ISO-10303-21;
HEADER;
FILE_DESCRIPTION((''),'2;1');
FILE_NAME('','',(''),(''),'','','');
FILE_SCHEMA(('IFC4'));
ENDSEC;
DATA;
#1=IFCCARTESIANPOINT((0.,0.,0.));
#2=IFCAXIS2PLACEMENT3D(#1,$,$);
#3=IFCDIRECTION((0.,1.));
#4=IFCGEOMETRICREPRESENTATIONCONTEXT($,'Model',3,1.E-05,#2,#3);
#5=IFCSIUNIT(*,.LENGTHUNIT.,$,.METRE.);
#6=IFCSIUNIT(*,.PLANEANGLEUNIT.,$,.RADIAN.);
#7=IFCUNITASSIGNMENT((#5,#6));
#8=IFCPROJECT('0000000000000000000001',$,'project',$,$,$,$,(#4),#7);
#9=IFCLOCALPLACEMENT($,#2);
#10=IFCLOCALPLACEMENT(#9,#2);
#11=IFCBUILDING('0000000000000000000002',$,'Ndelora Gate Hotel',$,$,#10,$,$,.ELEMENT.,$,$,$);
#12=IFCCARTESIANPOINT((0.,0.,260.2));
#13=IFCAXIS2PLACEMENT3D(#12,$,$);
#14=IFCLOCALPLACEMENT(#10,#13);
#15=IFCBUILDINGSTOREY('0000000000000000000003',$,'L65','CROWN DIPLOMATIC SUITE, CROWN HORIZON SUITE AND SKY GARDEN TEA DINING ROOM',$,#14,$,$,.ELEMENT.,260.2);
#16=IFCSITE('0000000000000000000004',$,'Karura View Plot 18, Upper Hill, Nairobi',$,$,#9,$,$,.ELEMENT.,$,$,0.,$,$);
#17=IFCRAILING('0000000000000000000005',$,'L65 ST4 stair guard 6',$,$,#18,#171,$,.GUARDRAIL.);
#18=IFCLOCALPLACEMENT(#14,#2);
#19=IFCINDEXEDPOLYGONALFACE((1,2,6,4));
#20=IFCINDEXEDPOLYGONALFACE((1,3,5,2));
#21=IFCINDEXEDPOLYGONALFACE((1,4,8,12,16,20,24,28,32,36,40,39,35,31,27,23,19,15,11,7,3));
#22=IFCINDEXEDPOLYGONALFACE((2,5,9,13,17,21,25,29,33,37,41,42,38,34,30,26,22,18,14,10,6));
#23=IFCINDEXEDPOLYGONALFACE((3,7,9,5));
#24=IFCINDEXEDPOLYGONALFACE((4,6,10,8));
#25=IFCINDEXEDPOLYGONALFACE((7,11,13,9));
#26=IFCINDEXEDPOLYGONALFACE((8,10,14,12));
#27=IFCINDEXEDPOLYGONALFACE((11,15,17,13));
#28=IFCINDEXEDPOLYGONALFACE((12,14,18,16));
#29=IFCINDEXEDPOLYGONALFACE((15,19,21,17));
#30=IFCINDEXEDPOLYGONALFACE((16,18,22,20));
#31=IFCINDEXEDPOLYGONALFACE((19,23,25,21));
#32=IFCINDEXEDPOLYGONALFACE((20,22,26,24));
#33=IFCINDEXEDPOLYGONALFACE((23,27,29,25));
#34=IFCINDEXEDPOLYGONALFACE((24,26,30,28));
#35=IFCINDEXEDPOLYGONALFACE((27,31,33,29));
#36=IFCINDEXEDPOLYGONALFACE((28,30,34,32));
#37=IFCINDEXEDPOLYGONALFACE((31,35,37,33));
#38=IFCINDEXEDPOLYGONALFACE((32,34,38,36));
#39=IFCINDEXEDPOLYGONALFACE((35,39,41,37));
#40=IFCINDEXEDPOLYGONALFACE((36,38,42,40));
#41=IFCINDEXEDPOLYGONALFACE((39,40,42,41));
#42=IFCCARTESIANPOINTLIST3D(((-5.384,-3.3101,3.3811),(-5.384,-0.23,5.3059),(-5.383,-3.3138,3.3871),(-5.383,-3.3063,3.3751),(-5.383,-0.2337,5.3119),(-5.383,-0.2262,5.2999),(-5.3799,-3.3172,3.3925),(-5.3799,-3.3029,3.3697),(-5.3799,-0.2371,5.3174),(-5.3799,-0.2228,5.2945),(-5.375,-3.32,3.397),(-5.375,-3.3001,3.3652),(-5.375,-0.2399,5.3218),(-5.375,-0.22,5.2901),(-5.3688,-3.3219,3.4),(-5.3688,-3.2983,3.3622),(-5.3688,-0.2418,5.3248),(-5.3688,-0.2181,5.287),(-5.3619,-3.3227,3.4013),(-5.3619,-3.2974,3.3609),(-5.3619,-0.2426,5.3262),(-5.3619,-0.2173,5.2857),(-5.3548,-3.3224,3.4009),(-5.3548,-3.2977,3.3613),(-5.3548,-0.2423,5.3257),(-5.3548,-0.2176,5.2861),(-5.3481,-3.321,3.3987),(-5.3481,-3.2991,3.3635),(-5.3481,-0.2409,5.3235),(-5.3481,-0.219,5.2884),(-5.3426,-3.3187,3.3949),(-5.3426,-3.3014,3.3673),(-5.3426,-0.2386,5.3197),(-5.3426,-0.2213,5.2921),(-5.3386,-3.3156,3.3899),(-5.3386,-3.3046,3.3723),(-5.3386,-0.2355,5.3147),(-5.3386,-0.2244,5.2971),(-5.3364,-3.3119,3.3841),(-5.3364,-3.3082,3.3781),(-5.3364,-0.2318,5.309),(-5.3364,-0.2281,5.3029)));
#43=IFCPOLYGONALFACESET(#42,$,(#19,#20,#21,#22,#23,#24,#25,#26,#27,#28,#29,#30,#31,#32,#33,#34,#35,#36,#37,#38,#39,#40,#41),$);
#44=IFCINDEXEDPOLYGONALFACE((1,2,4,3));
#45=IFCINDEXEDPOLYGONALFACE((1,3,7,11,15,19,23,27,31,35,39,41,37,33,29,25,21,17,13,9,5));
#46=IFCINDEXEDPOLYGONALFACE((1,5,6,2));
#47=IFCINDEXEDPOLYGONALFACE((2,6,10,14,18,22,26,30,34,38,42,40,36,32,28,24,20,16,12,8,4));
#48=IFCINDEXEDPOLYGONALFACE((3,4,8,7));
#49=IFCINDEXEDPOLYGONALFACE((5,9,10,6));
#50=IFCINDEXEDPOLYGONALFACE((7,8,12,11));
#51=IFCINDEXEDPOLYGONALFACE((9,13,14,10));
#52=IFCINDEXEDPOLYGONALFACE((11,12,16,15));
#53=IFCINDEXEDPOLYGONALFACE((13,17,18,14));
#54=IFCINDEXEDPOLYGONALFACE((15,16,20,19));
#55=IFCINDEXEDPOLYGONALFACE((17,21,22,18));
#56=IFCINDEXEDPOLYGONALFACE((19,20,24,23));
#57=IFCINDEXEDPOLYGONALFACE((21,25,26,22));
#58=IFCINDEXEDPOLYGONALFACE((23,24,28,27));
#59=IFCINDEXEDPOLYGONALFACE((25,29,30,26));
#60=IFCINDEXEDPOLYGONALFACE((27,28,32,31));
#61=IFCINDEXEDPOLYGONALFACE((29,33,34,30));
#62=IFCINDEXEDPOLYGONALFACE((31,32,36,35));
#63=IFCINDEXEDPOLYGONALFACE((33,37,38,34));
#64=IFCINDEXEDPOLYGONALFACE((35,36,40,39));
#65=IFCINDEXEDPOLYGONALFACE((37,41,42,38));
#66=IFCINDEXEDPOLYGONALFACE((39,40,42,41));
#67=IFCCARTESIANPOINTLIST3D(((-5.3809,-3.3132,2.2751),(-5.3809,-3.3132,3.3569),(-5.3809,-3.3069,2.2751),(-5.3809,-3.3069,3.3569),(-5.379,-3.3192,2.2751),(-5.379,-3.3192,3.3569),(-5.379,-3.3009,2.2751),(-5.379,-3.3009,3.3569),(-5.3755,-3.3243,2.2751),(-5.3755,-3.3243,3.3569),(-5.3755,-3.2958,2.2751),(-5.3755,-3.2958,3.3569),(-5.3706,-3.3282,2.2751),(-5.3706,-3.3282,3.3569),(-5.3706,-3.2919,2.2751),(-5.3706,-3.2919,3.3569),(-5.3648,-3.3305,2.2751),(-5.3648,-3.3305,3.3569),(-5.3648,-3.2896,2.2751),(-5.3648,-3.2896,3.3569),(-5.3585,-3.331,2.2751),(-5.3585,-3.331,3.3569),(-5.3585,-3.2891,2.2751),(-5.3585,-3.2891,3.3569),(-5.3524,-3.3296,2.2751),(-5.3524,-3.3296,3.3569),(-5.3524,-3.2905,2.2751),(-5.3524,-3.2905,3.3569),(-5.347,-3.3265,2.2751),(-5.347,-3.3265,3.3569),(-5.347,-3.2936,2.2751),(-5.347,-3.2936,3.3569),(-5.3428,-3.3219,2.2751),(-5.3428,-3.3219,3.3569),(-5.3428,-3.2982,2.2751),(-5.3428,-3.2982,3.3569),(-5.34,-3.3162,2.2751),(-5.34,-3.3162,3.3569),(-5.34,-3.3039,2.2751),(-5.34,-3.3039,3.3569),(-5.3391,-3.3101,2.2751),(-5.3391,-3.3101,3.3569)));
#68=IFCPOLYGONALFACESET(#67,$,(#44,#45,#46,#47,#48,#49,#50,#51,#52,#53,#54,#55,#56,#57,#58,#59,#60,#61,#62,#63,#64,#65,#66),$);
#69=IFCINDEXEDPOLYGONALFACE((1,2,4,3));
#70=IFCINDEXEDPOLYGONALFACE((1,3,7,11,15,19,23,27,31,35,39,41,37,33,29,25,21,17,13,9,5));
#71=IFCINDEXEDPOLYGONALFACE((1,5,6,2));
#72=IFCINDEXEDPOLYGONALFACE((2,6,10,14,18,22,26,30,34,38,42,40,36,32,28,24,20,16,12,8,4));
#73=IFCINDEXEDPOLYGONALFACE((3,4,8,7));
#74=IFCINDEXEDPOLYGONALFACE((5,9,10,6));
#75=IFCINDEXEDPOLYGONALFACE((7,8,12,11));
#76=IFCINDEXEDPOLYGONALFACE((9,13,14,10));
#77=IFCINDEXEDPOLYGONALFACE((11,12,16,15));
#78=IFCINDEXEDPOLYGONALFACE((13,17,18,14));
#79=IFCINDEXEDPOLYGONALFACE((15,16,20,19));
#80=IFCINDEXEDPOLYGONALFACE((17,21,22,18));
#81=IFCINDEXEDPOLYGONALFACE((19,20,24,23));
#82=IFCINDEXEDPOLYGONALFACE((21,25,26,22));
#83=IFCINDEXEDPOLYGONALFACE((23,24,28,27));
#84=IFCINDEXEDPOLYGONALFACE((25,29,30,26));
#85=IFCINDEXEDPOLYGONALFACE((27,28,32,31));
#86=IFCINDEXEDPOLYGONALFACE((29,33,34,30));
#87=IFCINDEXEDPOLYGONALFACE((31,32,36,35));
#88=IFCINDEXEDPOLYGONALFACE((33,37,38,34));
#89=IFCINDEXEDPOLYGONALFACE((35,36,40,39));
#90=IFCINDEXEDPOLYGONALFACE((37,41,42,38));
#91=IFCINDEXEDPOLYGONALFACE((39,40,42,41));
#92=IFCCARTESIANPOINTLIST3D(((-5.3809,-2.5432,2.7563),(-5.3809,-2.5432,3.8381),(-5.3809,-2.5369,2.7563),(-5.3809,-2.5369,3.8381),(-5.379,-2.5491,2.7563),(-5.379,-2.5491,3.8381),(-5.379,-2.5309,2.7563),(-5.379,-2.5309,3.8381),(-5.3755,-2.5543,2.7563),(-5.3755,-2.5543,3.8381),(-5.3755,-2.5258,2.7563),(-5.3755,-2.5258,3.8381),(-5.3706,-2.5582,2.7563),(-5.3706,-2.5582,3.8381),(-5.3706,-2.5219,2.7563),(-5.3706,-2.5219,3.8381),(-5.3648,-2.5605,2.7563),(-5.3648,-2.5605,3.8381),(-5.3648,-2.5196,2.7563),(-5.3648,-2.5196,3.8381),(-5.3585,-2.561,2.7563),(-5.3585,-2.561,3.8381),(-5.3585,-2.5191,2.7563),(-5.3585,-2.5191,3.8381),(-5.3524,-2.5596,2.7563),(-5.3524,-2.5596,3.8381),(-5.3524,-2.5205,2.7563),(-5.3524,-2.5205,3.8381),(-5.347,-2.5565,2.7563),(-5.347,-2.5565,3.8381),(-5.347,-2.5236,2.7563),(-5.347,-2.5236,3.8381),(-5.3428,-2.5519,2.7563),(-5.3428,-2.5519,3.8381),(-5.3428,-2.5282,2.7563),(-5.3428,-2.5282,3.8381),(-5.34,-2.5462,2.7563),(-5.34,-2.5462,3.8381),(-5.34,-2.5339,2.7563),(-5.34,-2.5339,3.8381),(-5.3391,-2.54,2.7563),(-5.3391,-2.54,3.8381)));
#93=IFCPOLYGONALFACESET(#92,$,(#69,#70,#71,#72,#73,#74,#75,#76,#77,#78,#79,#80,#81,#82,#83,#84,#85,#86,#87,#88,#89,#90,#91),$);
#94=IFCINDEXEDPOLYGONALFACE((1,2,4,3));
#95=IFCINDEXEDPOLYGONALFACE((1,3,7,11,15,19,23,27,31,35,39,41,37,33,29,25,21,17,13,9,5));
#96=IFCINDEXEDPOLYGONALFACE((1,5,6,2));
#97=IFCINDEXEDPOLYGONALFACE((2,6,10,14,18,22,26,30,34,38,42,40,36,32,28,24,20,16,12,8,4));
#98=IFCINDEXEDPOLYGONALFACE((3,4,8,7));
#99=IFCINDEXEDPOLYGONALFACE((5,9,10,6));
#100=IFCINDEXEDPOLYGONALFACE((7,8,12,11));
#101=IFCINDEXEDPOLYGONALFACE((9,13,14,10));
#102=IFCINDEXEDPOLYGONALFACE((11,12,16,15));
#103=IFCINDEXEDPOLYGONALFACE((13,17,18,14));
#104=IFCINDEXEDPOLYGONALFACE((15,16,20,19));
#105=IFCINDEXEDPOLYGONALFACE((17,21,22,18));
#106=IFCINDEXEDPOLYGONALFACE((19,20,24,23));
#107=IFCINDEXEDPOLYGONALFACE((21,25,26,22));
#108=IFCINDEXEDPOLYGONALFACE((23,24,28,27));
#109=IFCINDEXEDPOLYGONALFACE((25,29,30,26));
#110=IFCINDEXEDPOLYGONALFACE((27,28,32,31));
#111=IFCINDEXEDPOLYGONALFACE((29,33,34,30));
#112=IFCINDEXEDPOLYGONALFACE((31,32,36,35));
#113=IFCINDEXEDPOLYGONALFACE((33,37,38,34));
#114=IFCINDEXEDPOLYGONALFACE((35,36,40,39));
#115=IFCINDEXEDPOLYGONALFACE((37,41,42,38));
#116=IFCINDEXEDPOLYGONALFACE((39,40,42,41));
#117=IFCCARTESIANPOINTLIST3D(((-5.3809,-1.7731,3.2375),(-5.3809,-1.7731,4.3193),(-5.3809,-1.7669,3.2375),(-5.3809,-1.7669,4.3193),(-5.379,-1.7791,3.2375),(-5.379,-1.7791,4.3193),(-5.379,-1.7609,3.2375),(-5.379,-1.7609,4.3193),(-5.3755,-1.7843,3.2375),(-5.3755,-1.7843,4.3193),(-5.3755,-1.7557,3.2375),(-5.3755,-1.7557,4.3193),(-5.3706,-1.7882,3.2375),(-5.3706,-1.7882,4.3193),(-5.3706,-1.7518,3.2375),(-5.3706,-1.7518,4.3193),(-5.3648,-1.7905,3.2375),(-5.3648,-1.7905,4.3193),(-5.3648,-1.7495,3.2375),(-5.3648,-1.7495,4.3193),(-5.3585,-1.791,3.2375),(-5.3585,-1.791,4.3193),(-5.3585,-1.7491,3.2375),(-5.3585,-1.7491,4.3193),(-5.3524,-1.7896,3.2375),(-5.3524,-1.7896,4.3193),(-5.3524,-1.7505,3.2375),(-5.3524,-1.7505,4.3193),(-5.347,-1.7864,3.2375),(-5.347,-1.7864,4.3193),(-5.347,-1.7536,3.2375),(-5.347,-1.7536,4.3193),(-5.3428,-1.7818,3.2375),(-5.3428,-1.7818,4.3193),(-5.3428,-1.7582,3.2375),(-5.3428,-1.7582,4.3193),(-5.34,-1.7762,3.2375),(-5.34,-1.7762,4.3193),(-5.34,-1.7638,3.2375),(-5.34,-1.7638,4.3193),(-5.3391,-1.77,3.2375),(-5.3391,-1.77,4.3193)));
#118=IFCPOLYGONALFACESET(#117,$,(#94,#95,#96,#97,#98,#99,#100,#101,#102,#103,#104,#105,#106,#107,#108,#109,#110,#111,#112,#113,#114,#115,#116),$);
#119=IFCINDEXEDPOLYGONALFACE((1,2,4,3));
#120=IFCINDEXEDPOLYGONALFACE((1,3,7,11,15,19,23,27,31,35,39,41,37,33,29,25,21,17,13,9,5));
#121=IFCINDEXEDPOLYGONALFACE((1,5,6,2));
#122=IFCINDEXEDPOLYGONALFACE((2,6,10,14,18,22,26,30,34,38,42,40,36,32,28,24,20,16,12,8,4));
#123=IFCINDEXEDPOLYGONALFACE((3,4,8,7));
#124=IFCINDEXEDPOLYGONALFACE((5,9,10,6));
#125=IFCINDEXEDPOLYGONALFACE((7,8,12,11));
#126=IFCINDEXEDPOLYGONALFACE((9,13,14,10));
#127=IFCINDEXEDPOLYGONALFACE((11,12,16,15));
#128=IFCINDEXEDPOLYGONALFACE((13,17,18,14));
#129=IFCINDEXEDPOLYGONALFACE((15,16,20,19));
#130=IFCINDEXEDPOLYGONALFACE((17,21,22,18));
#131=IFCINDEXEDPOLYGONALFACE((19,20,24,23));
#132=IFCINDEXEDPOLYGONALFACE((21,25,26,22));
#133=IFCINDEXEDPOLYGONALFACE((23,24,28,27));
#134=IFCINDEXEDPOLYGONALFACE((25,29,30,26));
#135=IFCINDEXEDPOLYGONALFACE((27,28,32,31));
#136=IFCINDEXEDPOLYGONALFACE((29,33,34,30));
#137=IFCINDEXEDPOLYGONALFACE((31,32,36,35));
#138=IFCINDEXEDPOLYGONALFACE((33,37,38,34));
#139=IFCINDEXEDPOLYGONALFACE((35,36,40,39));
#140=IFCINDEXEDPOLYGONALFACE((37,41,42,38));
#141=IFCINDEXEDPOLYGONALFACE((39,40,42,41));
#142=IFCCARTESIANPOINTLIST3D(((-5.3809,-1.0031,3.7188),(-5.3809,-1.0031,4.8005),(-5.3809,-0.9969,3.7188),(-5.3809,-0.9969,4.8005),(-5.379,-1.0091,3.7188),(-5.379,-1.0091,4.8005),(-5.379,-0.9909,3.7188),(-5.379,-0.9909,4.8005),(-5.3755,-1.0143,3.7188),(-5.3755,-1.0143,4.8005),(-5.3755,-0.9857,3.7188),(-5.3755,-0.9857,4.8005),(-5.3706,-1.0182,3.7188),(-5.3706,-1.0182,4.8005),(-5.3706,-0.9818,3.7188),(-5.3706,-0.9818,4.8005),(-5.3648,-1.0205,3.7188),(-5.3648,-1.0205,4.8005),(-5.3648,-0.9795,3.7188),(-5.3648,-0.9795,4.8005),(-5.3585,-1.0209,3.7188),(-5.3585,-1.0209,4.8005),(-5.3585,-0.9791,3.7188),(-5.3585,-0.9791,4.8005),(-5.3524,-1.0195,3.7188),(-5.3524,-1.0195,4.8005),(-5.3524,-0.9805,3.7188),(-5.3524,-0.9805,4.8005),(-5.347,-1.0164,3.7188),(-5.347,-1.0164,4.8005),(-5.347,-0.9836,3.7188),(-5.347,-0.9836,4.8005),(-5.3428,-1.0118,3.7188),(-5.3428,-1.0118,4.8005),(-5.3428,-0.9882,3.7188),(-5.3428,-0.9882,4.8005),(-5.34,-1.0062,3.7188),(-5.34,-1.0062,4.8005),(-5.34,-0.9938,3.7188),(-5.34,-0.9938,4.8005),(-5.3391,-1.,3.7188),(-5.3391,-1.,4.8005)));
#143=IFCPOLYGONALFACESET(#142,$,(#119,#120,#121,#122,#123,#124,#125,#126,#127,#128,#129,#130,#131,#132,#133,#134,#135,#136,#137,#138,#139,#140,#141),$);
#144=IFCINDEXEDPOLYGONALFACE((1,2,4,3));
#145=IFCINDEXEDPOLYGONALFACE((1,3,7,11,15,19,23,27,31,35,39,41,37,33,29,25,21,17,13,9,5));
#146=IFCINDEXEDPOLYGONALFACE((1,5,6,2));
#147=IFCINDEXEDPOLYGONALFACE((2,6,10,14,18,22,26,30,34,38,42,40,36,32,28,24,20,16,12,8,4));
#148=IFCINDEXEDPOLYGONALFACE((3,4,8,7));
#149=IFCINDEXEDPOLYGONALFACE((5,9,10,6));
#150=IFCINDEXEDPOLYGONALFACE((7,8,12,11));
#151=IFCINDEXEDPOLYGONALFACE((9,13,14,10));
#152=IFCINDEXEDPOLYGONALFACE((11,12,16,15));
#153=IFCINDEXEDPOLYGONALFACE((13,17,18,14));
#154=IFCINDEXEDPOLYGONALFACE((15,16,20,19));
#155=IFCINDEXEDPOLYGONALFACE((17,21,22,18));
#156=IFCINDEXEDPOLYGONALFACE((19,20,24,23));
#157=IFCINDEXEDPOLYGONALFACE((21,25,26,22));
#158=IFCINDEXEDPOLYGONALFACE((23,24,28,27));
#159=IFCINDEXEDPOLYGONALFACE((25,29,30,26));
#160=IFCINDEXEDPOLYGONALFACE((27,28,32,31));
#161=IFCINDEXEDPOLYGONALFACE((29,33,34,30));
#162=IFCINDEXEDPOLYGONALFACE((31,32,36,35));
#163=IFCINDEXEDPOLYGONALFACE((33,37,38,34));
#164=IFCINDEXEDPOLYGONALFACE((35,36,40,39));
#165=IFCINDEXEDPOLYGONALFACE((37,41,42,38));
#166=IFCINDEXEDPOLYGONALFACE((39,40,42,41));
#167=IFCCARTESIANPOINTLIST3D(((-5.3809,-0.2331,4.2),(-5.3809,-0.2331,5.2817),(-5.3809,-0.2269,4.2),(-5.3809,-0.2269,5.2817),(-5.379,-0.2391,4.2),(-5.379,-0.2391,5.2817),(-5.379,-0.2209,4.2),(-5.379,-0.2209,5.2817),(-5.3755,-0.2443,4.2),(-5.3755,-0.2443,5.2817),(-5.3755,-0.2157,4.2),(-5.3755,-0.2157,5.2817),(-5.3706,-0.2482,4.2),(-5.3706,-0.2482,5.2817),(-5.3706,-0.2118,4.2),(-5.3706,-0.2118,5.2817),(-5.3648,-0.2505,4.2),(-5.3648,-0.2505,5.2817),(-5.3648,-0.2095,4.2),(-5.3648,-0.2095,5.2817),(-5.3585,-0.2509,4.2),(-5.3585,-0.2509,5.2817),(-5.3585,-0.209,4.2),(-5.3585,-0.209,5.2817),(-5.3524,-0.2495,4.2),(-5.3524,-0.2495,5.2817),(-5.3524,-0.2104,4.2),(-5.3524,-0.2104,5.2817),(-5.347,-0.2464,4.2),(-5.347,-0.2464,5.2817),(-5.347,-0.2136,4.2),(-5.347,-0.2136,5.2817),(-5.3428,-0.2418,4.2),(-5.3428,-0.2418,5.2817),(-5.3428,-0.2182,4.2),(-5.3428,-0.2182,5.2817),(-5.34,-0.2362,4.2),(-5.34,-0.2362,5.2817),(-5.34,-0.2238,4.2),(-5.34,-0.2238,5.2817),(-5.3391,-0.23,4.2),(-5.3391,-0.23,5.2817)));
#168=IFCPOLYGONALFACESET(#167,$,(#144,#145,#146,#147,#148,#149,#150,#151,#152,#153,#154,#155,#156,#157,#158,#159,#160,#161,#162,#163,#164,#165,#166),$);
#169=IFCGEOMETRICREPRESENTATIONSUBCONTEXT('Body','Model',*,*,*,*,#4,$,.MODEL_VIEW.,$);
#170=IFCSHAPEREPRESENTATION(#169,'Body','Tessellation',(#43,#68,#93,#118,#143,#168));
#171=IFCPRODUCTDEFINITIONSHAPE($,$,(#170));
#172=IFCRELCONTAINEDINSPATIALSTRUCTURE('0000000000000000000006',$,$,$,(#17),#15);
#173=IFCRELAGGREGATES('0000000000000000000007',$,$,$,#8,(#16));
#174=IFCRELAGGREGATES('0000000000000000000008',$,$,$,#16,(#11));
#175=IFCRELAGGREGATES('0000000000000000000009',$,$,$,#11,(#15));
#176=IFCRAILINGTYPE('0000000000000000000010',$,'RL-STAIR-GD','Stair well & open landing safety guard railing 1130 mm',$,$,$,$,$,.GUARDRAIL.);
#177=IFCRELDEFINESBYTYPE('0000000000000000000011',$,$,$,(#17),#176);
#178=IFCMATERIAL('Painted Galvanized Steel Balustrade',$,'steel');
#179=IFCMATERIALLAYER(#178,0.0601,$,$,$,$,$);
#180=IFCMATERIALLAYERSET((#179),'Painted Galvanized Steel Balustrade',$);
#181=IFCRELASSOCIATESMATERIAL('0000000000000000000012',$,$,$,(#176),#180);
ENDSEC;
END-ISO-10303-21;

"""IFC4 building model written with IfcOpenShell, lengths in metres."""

from ifc_helpers import new_model, si_unit, direction, frame, origin, origin_2d, place, context, subcontext, project, spatial, circle, extrude, material, layer, layer_set, type_object, element, save


model = new_model("IFC4")

# Units and contexts
model_context = context("Model", 3, precision=1e-05, world=origin(), true_north=direction((0.0, 1.0)))
body_context = subcontext(model_context, "Body", "Model", "MODEL_VIEW")
ifc_project = project(units=[si_unit("LENGTHUNIT", "METRE"), si_unit("PLANEANGLEUNIT", "RADIAN")], contexts=[model_context])

# Site, building, storey
site_placement = place(None, origin())
site = spatial("IfcSite", under=ifc_project, at=site_placement, Name="Karura View Plot 18, Upper Hill, Nairobi", CompositionType="ELEMENT", RefElevation=0.0)
building_placement = place(site_placement, origin())
building = spatial("IfcBuilding", under=site, at=building_placement, Name="Ndelora Gate Hotel", CompositionType="ELEMENT")
storey_placement = place(building_placement, frame((0.0, 0.0, 260.2)))
storey = spatial("IfcBuildingStorey", under=building, at=storey_placement, Name="L65", Description="CROWN DIPLOMATIC SUITE, CROWN HORIZON SUITE AND SKY GARDEN TEA DINING ROOM", CompositionType="ELEMENT", Elevation=260.2)

# Railing
ifc_material_1 = material(Name="Painted Galvanized Steel Balustrade", Category="steel")
ifc_layer_1 = layer(ifc_material_1, 0.0601)
ifc_layer_set_1 = layer_set([ifc_layer_1], Name="Painted Galvanized Steel Balustrade")
railing_type_1 = type_object("IfcRailingType", Name="RL-STAIR-GD", Description="Stair well & open landing safety guard railing 1130 mm", PredefinedType="GUARDRAIL", material=ifc_layer_set_1)
railing_1_placement = place(storey_placement, frame((-5.3601, -3.3101, 2.2751)))
element("IfcRailing", 1, at=railing_1_placement, inside=storey, type_object=railing_type_1, Name="L65 ST4 stair guard 6", PredefinedType="GUARDRAIL", context=body_context, shape_type="SweptSolid", body=[
    extrude(circle(Radius=0.0239, at=origin_2d()), frame((0.0, 0.0, 1.106), z_axis=(0.0, 0.848029, 0.529951), x_axis=(-1.0, 0.0, 0.0)), (0.0, 0.0, 1.0), 3.6321),
    extrude(circle(Radius=0.021, at=origin_2d()), origin(), (0.0, 0.0, 1.0), 1.0818),
    extrude(circle(Radius=0.021, at=origin_2d()), frame((0.0, 0.77, 0.4812)), (0.0, 0.0, 1.0), 1.0818),
    extrude(circle(Radius=0.021, at=origin_2d()), frame((0.0, 1.54, 0.9624)), (0.0, 0.0, 1.0), 1.0818),
    extrude(circle(Radius=0.021, at=origin_2d()), frame((0.0, 2.3101, 1.4436)), (0.0, 0.0, 1.0), 1.0818),
    extrude(circle(Radius=0.021, at=origin_2d()), frame((0.0, 3.0801, 1.9248)), (0.0, 0.0, 1.0), 1.0818),
])

save(model, "model.ifc")
